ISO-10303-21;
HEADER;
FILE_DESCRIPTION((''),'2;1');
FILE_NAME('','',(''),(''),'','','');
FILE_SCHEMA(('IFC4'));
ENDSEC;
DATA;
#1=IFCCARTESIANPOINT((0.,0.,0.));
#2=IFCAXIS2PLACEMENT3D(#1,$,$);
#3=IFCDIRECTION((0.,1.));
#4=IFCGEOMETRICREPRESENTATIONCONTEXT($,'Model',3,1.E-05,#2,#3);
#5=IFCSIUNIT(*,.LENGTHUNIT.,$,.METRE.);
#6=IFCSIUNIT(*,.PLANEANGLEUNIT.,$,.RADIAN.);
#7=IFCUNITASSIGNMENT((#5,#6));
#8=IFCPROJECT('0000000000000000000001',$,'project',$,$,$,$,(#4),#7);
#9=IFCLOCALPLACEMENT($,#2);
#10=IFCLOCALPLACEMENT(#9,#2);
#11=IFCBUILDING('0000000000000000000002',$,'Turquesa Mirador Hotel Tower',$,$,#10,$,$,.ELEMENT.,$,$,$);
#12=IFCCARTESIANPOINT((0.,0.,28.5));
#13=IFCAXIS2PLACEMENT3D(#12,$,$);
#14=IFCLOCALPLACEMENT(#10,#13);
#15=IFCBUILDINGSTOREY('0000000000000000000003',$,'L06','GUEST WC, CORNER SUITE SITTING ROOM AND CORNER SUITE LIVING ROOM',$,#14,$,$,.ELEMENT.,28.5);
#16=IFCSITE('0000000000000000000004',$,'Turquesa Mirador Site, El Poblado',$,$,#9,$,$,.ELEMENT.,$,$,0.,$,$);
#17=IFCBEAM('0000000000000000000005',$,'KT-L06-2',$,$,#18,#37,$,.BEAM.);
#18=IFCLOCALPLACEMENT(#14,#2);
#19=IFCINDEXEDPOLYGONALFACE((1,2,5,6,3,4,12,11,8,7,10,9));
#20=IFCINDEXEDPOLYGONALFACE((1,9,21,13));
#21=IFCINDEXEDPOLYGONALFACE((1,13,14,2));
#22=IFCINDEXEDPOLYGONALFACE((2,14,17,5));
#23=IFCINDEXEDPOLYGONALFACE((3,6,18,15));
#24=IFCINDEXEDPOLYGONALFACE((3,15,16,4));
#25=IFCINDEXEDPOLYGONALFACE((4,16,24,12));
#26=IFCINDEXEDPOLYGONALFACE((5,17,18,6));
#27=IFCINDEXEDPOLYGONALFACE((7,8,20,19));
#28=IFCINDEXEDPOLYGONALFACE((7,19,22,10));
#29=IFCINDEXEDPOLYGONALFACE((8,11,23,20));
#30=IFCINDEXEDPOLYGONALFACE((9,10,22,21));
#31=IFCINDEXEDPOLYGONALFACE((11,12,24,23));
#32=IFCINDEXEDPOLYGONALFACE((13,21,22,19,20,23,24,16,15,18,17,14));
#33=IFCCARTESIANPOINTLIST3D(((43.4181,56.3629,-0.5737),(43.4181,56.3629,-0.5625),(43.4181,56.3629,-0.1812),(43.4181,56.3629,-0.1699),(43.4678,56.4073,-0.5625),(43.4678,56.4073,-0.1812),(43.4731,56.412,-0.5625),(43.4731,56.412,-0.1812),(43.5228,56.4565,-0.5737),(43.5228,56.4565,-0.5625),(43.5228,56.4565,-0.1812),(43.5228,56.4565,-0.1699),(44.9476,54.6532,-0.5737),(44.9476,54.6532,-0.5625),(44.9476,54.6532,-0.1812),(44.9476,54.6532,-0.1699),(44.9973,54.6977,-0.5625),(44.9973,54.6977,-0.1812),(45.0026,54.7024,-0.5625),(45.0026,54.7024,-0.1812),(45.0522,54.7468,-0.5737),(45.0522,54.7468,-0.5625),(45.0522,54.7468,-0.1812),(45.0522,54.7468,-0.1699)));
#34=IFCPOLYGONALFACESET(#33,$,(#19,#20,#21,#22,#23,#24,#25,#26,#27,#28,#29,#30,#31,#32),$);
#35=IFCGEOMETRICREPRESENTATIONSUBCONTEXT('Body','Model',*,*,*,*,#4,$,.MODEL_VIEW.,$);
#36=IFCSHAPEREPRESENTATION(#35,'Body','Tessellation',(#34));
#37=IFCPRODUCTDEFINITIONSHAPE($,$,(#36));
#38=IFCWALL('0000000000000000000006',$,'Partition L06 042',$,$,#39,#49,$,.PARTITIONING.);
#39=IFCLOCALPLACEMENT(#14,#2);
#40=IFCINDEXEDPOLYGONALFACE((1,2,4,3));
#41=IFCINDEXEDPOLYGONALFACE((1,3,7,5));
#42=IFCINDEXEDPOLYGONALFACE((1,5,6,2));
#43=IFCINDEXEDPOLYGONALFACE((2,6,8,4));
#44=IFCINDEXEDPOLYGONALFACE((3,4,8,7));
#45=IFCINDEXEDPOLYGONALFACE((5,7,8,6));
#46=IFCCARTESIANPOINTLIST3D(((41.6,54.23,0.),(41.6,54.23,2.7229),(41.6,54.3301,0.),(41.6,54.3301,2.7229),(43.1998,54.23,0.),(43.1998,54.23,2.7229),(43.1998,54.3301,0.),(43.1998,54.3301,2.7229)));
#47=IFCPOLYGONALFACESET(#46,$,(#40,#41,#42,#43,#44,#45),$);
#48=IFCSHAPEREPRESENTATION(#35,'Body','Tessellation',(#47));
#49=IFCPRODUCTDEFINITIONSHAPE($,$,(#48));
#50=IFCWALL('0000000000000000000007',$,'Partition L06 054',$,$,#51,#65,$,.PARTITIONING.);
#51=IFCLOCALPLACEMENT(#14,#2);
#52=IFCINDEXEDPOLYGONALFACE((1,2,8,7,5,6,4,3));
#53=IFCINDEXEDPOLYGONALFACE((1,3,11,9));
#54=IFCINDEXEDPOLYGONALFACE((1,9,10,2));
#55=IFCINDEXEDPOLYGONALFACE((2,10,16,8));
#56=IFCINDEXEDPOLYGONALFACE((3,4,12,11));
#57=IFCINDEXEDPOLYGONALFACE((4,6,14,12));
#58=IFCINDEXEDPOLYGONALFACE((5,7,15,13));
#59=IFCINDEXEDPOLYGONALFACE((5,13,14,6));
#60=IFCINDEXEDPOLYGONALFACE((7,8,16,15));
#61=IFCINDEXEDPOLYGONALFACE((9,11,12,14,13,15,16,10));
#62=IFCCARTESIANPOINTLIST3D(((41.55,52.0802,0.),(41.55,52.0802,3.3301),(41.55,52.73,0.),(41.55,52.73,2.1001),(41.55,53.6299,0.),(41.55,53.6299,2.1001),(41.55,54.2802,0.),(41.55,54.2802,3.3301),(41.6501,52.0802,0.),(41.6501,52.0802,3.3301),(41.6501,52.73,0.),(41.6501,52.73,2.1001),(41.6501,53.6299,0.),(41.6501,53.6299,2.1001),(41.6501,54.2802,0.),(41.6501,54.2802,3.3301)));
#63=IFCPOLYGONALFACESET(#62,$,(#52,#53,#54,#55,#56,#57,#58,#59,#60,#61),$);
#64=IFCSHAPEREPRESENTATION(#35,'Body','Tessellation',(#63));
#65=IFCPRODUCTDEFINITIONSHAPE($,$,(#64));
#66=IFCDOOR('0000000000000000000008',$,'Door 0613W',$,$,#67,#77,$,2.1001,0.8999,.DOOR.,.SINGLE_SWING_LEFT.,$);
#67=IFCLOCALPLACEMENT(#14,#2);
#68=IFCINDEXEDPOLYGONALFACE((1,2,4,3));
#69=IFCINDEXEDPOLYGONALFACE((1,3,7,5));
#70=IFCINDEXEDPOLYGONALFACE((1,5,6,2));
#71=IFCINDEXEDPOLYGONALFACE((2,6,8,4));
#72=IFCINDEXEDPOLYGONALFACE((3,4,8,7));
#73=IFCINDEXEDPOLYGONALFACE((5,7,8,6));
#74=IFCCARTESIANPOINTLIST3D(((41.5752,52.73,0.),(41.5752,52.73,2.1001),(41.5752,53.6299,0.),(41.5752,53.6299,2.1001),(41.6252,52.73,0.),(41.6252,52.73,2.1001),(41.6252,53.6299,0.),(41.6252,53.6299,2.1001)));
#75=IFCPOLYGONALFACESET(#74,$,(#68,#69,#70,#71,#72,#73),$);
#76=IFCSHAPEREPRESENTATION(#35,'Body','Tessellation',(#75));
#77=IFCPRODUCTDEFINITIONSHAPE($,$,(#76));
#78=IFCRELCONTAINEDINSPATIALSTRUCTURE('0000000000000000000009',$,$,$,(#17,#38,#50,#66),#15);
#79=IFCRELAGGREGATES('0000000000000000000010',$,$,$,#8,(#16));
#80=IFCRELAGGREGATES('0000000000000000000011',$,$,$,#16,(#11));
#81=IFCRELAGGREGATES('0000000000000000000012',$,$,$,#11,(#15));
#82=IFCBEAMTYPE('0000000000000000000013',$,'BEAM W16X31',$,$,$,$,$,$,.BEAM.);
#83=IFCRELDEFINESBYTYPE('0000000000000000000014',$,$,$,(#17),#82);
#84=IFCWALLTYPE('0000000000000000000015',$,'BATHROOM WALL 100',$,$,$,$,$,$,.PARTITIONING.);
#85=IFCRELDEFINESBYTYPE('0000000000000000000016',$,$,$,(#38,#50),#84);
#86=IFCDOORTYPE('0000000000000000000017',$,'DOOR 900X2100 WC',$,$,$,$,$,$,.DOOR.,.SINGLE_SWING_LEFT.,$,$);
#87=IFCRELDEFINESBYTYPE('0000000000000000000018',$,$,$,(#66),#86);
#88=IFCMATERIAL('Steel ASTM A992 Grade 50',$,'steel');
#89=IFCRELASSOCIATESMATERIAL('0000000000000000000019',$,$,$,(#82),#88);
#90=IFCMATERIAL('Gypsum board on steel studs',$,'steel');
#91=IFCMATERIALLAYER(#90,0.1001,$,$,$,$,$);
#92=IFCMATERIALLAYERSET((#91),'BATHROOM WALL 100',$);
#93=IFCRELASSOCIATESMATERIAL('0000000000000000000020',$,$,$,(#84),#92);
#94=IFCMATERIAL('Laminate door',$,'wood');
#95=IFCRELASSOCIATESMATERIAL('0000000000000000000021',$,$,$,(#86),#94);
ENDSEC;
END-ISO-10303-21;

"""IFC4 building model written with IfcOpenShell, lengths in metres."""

from ifc_helpers import new_model, si_unit, direction, frame, frame_2d, origin, origin_2d, place, context, subcontext, project, spatial, rectangle, i_section, extrude, material, layer, layer_set, material_profile, profile_set, type_object, element, fill, save


model = new_model("IFC4")

# Units and contexts
model_context = context("Model", 3, precision=1e-05, world=origin(), true_north=direction((0.0, 1.0)))
body_context = subcontext(model_context, "Body", "Model", "MODEL_VIEW")
ifc_project = project(units=[si_unit("LENGTHUNIT", "METRE"), si_unit("PLANEANGLEUNIT", "RADIAN")], contexts=[model_context])

# Site, building, storey
site_placement = place(None, origin())
site = spatial("IfcSite", under=ifc_project, at=site_placement, Name="Turquesa Mirador Site, El Poblado", CompositionType="ELEMENT", RefElevation=0.0)
building_placement = place(site_placement, origin())
building = spatial("IfcBuilding", under=site, at=building_placement, Name="Turquesa Mirador Hotel Tower", CompositionType="ELEMENT")
storey_placement = place(building_placement, frame((0.0, 0.0, 28.5)))
storey = spatial("IfcBuildingStorey", under=building, at=storey_placement, Name="L06", Description="GUEST WC, CORNER SUITE SITTING ROOM AND CORNER SUITE LIVING ROOM", CompositionType="ELEMENT", Elevation=28.5)

# Beam
ifc_material_1 = material(Name="Steel ASTM A992 Grade 50", Category="steel")
ifc_material_profile = material_profile(ifc_material_1, i_section(OverallWidth=0.1404, OverallDepth=0.4038, WebThickness=0.0071, FlangeThickness=0.0112, at=origin_2d()), Name="W16X31")
ifc_profile_set = profile_set([ifc_material_profile], Name="Steel ASTM A992 Grade 50")
beam_type = type_object("IfcBeamType", Name="BEAM W16X31", PredefinedType="BEAM", material=ifc_profile_set)
beam_placement = place(storey_placement, frame((43.4705, 56.4097, -0.3718), z_axis=(0.666745, -0.745286, 0.0), x_axis=(0.745286, 0.666745, 0.0)))
element("IfcBeam", 1, at=beam_placement, inside=storey, type_object=beam_type, Name="KT-L06-2", PredefinedType="BEAM", context=body_context, shape_type="SweptSolid", body=[
    extrude(i_section(OverallWidth=0.1404, OverallDepth=0.4038, WebThickness=0.0071, FlangeThickness=0.0112, at=origin_2d()), origin(), (0.0, 0.0, 1.0), 2.2939),
])

# Wall
ifc_material_2 = material(Name="Gypsum board on steel studs", Category="steel")
ifc_layer_1 = layer(ifc_material_2, 0.1001)
ifc_layer_set_1 = layer_set([ifc_layer_1], Name="BATHROOM WALL 100")
wall_type_1 = type_object("IfcWallType", Name="BATHROOM WALL 100", PredefinedType="PARTITIONING", material=ifc_layer_set_1)
wall_1_placement = place(storey_placement, frame((41.6001, 54.28, 0.0), z_axis=(0.0, 0.0, 1.0), x_axis=(1.0, 0.0, 0.0)))
element("IfcWall", 2, at=wall_1_placement, inside=storey, type_object=wall_type_1, Name="Partition L06 042", PredefinedType="PARTITIONING", context=body_context, shape_type="SweptSolid", body=[
    extrude(rectangle(XDim=1.5999, YDim=0.1001, at=frame_2d((0.7998, 0.0))), origin(), (0.0, 0.0, 1.0), 2.7229),
])

# Wall, opening, door
wall_2_placement = place(storey_placement, frame((41.6001, 52.0801, 0.0), z_axis=(0.0, 0.0, 1.0), x_axis=(0.0, 1.0, 0.0)))
wall_2 = element("IfcWall", 3, at=wall_2_placement, inside=storey, type_object=wall_type_1, Name="Partition L06 054", PredefinedType="PARTITIONING", context=body_context, shape_type="SweptSolid", body=[
    extrude(rectangle(XDim=2.2, YDim=0.1001, at=frame_2d((1.1001, 0.0))), origin(), (0.0, 0.0, 1.0), 3.3301),
])
opening_1_placement = place(wall_2_placement, frame((0.6499, 0.0, 0.0)))
opening_1 = element("IfcOpeningElement", 4, at=opening_1_placement, cuts=wall_2, PredefinedType="OPENING", context=body_context, shape_type="SweptSolid", body=[
    extrude(rectangle(XDim=0.8999, YDim=2.1001, at=frame_2d((0.45, 1.05))), frame((0.0, 0.0601, 0.0), z_axis=(0.0, -1.0, 0.0), x_axis=(1.0, 0.0, 0.0)), (0.0, 0.0, 1.0), 0.1201),
])
ifc_material_3 = material(Name="Laminate door", Category="wood")
door_type_1 = type_object("IfcDoorType", Name="DOOR 900X2100 WC", OperationType="SINGLE_SWING_LEFT", PredefinedType="DOOR", material=ifc_material_3)
door_1_placement = place(opening_1_placement, origin())
door_1 = element("IfcDoor", 5, at=door_1_placement, inside=storey, type_object=door_type_1, Name="Door 0613W", OperationType="SINGLE_SWING_LEFT", OverallHeight=2.1001, OverallWidth=0.8999, PredefinedType="DOOR", context=body_context, shape_type="SweptSolid", body=[
    extrude(rectangle(XDim=0.8999, YDim=2.1001, at=frame_2d((0.45, 1.05))), frame((0.0, 0.0249, 0.0), z_axis=(0.0, -1.0, 0.0), x_axis=(1.0, 0.0, 0.0)), (0.0, 0.0, 1.0), 0.05),
])
fill(opening_1, door_1)

save(model, "model.ifc")
